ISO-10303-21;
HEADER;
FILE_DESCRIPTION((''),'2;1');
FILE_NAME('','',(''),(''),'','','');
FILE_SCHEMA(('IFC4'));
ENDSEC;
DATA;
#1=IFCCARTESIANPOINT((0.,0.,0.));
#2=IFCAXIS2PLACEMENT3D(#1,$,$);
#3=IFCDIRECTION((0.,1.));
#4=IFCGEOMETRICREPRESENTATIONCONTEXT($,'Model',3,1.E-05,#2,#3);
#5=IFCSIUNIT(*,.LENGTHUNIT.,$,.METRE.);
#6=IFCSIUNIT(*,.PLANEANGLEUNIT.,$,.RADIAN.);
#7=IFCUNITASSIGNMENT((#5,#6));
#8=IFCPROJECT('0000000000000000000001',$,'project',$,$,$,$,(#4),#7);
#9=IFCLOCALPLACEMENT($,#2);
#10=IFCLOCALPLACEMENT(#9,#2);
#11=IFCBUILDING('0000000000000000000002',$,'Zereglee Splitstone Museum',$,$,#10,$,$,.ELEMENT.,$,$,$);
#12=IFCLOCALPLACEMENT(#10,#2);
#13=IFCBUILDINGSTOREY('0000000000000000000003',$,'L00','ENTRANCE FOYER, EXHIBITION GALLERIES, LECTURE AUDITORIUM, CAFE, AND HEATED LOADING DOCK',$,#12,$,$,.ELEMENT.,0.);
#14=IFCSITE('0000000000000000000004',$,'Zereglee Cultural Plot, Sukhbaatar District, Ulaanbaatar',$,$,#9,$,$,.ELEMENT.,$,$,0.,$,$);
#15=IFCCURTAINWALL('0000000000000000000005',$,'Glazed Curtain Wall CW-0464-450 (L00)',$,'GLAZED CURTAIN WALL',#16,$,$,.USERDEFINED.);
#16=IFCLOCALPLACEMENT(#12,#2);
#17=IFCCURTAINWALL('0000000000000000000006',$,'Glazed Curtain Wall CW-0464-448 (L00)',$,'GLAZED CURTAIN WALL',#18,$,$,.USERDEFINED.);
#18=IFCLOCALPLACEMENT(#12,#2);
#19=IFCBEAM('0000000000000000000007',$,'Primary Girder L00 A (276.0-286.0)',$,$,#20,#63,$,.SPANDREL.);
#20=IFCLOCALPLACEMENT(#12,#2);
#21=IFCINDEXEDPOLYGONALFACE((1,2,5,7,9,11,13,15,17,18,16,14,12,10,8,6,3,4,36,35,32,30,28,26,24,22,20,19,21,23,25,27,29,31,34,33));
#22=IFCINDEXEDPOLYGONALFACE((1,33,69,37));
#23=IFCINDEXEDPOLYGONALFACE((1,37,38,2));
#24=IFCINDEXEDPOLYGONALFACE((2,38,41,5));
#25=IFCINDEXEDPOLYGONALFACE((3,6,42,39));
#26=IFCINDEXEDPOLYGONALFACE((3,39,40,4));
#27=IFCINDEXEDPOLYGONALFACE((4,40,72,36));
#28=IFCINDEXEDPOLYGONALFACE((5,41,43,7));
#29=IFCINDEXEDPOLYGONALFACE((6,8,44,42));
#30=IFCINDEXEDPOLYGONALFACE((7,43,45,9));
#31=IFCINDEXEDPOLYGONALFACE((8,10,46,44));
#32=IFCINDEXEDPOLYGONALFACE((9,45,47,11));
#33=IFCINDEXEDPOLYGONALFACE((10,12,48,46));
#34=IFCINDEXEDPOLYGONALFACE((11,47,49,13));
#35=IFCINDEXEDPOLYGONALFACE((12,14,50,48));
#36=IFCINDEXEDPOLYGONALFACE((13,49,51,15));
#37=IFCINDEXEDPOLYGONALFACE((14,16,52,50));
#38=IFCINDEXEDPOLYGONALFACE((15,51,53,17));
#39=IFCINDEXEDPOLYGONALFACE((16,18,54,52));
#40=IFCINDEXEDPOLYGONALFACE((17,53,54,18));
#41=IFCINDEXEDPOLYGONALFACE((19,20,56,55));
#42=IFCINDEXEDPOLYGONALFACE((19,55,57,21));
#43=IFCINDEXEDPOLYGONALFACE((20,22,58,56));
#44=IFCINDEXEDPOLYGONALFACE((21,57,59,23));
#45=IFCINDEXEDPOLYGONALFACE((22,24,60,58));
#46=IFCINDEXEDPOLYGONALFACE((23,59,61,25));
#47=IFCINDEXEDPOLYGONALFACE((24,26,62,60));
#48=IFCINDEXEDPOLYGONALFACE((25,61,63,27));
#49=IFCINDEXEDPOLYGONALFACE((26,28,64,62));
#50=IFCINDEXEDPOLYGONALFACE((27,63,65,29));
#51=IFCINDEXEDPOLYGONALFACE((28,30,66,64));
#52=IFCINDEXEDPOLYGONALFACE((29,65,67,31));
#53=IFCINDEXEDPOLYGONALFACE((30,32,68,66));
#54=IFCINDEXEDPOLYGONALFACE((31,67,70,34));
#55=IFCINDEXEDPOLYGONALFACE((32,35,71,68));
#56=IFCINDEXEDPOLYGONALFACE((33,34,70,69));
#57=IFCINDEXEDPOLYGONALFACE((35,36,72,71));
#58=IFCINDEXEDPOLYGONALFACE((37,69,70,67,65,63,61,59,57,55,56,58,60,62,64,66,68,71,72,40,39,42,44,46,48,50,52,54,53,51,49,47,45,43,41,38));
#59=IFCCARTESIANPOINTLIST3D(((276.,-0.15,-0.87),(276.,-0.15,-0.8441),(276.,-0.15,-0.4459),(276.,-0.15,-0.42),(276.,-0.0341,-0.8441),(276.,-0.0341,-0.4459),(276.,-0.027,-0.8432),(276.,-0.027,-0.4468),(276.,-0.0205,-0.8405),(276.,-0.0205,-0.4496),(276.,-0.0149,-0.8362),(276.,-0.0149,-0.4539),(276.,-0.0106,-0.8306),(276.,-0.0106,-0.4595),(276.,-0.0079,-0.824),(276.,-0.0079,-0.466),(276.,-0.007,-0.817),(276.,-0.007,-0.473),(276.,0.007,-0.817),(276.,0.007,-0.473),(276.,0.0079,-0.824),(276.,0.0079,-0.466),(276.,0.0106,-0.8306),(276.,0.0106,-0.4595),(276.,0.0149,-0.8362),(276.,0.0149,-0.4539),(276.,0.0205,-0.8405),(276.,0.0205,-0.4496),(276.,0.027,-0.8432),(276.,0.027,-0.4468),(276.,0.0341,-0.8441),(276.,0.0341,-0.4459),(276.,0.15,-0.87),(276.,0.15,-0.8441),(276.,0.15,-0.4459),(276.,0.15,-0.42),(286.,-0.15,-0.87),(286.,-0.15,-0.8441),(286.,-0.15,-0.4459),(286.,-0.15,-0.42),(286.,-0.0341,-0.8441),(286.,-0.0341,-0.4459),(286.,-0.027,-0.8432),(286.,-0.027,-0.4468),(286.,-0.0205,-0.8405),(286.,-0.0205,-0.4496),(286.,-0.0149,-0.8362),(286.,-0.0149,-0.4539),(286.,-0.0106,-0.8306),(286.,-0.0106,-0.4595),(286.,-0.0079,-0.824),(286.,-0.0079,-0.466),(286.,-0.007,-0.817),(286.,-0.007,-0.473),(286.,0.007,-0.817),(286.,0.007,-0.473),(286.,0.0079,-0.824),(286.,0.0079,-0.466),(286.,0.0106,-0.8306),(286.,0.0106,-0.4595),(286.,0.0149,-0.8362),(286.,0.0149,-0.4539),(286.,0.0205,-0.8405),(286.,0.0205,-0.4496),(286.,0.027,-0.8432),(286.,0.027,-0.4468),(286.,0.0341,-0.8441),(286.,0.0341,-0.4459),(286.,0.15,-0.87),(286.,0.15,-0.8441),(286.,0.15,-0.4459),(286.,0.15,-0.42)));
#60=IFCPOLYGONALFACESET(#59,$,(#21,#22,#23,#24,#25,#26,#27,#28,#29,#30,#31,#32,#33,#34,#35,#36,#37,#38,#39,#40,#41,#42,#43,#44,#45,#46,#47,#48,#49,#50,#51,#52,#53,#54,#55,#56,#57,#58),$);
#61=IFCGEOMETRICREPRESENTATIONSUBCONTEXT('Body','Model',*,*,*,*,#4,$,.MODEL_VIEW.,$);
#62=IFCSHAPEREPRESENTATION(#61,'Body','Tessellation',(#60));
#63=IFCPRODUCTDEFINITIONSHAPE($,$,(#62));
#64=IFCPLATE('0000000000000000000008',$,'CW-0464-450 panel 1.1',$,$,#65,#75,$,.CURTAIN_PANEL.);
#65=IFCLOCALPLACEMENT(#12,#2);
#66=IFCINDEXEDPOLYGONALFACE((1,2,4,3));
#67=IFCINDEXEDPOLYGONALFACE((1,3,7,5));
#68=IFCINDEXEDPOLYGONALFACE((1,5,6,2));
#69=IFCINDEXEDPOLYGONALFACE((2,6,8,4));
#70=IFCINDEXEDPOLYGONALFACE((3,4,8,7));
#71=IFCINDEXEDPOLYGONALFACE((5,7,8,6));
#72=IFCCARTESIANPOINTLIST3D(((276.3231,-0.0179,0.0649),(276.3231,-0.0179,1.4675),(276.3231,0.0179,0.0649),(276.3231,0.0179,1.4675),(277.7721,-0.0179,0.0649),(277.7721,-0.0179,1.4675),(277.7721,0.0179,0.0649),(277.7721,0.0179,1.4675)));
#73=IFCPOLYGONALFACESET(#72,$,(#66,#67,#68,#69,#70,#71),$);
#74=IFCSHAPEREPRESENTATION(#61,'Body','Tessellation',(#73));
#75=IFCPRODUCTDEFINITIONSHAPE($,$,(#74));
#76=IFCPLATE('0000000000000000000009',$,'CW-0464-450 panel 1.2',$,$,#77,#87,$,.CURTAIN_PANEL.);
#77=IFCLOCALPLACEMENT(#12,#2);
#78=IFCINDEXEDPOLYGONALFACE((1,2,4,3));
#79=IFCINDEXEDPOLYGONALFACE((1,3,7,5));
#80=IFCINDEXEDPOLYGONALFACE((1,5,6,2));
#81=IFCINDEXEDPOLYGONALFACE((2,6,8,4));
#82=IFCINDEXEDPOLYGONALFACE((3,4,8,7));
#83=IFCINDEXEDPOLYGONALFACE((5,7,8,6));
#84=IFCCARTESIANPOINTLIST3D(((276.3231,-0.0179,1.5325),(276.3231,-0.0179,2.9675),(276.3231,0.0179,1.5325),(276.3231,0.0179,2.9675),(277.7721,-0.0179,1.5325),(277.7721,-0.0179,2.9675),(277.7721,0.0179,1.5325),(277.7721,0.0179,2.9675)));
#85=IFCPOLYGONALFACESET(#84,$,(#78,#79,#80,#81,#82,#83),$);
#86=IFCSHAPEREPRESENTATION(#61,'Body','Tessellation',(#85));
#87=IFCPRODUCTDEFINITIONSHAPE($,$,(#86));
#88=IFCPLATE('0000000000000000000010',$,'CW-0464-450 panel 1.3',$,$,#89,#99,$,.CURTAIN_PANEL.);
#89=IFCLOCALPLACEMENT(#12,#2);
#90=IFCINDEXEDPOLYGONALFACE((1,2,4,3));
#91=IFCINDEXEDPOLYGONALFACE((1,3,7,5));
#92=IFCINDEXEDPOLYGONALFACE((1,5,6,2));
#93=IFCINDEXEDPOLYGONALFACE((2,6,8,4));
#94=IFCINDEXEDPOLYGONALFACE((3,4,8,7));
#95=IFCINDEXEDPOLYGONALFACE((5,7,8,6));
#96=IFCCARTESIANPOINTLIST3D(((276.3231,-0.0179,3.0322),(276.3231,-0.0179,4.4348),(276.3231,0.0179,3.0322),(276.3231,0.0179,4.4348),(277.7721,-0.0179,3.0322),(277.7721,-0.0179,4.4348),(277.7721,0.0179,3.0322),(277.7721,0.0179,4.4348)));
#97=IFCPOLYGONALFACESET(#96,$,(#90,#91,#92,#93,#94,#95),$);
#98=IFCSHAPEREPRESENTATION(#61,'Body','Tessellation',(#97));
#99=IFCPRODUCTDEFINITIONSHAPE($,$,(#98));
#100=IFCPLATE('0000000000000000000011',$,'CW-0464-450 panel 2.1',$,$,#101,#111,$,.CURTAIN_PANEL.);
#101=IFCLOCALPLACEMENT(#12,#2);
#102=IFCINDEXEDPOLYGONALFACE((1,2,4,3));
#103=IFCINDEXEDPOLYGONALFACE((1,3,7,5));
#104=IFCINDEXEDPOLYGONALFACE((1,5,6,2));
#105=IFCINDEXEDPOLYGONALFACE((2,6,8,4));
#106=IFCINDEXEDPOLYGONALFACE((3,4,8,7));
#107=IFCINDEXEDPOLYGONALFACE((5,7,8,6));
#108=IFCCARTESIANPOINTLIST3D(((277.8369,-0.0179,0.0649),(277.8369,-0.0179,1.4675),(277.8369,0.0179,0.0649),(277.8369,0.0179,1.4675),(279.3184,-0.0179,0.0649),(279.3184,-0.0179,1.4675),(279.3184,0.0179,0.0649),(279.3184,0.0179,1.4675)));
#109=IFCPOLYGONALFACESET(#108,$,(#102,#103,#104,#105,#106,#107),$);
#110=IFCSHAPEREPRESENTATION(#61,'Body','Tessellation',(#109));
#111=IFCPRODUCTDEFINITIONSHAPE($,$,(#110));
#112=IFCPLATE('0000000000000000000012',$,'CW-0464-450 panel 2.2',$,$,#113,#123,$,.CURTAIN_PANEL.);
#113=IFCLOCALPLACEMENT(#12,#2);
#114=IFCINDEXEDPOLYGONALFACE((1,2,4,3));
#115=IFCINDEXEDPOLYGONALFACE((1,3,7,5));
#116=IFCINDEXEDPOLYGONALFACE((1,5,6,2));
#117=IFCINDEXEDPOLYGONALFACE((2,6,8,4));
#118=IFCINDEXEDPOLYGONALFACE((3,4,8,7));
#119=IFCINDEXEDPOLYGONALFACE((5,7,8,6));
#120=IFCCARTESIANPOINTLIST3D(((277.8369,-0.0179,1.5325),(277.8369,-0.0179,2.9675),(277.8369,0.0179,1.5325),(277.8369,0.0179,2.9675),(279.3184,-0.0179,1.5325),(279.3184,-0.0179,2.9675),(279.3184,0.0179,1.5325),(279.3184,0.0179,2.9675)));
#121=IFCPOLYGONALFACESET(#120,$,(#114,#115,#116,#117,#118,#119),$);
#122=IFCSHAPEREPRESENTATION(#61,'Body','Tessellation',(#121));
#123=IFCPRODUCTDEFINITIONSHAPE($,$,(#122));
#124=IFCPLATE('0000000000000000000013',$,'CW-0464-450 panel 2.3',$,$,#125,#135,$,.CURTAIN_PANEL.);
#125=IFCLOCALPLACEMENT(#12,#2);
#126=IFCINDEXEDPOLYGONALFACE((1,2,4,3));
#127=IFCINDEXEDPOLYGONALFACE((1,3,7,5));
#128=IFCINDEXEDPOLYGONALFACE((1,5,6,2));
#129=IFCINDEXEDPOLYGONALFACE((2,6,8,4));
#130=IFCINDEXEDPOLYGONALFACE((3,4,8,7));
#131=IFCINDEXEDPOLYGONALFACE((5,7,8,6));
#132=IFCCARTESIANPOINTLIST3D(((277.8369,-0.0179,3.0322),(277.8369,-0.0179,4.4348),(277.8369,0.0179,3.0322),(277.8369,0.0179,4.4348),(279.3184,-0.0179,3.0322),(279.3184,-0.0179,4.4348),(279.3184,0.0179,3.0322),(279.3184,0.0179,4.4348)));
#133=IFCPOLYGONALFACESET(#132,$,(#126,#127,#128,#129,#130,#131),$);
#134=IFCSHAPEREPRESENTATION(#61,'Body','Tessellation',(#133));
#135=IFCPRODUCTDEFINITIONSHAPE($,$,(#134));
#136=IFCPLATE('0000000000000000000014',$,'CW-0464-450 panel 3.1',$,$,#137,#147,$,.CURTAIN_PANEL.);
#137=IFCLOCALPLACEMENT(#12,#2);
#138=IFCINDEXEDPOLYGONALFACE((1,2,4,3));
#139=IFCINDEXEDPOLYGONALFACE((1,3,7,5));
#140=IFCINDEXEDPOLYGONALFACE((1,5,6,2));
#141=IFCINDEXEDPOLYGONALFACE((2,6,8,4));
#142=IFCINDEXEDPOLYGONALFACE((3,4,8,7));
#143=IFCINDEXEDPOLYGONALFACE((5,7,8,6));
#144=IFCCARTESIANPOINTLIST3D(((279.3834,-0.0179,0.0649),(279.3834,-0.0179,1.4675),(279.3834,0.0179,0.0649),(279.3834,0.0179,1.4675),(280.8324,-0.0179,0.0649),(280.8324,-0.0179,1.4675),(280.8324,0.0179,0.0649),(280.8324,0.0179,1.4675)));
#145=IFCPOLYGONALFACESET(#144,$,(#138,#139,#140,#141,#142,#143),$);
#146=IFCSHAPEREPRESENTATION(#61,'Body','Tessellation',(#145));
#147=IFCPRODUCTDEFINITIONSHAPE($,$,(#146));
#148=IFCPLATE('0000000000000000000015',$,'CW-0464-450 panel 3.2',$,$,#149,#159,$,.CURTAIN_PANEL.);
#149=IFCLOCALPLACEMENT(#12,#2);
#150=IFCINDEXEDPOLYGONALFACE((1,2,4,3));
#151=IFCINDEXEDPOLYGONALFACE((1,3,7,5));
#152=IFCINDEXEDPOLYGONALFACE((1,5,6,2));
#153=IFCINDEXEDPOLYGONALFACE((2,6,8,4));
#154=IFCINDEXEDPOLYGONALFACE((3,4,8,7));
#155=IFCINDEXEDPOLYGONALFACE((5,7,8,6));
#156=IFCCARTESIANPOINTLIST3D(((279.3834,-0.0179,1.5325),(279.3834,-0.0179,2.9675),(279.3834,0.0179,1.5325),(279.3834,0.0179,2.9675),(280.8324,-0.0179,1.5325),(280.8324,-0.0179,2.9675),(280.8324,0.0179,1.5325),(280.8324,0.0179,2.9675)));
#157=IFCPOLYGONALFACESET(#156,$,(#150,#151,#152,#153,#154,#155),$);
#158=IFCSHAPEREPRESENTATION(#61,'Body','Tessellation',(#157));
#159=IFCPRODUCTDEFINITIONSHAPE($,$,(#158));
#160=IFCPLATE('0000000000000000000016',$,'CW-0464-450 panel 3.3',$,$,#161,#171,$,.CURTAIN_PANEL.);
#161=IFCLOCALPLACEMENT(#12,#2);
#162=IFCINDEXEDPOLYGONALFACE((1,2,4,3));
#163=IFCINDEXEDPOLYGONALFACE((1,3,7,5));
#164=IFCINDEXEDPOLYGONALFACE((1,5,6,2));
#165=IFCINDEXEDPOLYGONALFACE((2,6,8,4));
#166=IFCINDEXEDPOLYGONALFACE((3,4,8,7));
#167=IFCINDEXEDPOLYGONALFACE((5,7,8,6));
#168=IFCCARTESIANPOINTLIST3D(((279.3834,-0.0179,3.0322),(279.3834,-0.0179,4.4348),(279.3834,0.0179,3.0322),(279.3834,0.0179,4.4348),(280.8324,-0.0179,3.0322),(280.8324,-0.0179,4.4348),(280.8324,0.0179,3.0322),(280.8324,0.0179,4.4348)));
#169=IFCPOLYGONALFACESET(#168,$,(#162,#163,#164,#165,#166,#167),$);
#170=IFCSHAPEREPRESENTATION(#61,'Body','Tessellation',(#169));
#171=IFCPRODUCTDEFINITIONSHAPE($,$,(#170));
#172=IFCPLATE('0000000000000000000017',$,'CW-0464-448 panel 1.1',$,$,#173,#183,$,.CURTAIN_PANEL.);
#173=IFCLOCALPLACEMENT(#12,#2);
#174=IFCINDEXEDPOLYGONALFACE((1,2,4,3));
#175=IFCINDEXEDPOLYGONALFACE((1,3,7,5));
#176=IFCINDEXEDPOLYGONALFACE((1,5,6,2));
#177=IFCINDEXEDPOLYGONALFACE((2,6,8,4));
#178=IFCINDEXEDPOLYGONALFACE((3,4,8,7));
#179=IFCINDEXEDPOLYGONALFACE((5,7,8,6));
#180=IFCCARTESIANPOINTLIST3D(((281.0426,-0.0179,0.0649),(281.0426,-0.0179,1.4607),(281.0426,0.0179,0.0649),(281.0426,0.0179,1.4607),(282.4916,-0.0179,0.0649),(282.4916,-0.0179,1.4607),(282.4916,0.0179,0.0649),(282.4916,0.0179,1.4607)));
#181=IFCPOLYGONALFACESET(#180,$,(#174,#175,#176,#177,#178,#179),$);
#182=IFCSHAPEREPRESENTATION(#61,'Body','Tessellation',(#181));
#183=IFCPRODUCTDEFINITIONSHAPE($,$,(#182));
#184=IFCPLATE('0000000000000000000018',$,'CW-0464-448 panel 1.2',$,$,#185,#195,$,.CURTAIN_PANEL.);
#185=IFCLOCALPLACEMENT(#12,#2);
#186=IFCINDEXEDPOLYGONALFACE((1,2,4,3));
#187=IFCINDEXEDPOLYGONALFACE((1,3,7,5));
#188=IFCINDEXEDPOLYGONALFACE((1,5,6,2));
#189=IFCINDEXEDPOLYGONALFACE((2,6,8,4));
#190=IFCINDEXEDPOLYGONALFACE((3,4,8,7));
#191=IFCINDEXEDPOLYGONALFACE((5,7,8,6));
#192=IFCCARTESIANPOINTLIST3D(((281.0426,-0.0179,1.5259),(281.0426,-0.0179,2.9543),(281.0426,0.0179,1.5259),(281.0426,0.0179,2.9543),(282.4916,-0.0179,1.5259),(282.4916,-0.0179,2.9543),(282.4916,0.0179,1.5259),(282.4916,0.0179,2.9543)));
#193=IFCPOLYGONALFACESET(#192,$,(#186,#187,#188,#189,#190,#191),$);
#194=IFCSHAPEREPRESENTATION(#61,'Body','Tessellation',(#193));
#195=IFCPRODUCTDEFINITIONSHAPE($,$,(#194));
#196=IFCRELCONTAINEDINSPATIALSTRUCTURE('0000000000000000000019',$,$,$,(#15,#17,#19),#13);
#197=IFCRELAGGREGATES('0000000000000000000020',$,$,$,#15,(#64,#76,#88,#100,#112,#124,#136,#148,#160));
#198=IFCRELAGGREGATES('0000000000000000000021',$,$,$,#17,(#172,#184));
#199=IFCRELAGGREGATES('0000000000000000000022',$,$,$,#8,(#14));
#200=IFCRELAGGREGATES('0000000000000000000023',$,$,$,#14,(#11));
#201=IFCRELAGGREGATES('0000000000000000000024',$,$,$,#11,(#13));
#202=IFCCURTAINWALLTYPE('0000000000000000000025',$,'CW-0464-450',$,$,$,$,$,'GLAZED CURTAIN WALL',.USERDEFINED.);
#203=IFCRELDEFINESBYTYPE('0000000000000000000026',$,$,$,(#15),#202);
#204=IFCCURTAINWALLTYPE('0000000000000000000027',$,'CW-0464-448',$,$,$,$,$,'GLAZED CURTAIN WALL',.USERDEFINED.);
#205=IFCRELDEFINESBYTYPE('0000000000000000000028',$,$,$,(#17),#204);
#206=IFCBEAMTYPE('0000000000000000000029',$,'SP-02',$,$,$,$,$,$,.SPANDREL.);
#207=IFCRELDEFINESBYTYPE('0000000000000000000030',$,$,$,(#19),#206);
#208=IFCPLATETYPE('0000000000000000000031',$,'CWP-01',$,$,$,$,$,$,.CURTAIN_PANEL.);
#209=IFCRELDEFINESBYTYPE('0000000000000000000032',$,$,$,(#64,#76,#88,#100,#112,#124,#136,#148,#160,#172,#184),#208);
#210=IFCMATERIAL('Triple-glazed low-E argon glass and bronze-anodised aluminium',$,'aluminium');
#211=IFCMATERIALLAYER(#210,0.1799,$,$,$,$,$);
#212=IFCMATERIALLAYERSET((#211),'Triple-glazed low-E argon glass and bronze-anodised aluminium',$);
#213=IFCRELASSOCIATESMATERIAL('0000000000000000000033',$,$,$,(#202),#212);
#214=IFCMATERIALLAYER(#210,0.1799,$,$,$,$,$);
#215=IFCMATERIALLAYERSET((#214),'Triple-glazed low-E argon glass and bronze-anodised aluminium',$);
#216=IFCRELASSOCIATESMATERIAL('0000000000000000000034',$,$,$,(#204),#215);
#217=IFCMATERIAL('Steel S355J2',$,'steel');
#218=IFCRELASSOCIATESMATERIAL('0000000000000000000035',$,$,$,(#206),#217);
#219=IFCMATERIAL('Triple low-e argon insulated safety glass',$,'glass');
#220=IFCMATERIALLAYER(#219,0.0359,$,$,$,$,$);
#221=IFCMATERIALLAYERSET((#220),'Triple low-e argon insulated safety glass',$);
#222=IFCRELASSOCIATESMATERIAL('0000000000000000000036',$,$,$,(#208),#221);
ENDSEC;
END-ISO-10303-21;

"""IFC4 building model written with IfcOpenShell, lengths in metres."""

from ifc_helpers import new_model, si_unit, direction, frame, origin, origin_2d, place, context, subcontext, project, spatial, rectangle, i_section, extrude, material, layer, layer_set, material_profile, profile_set, type_object, element, aggregate, save


model = new_model("IFC4")

# Units and contexts
model_context = context("Model", 3, precision=1e-05, world=origin(), true_north=direction((0.0, 1.0)))
body_context = subcontext(model_context, "Body", "Model", "MODEL_VIEW")
ifc_project = project(units=[si_unit("LENGTHUNIT", "METRE"), si_unit("PLANEANGLEUNIT", "RADIAN")], contexts=[model_context])

# Site, building, storey
site_placement = place(None, origin())
site = spatial("IfcSite", under=ifc_project, at=site_placement, Name="Zereglee Cultural Plot, Sukhbaatar District, Ulaanbaatar", CompositionType="ELEMENT", RefElevation=0.0)
building_placement = place(site_placement, origin())
building = spatial("IfcBuilding", under=site, at=building_placement, Name="Zereglee Splitstone Museum", CompositionType="ELEMENT")
storey_placement = place(building_placement, origin())
storey = spatial("IfcBuildingStorey", under=building, at=storey_placement, Name="L00", Description="ENTRANCE FOYER, EXHIBITION GALLERIES, LECTURE AUDITORIUM, CAFE, AND HEATED LOADING DOCK", CompositionType="ELEMENT", Elevation=0.0)

# Curtain walls
ifc_material_1 = material(Name="Triple-glazed low-E argon glass and bronze-anodised aluminium", Category="aluminium")
ifc_layer_1 = layer(ifc_material_1, 0.1799)
ifc_layer_set_1 = layer_set([ifc_layer_1], Name="Triple-glazed low-E argon glass and bronze-anodised aluminium")
curtain_wall_type_1 = type_object("IfcCurtainWallType", Name="CW-0464-450", ElementType="GLAZED CURTAIN WALL", PredefinedType="USERDEFINED", material=ifc_layer_set_1)
curtain_wall_1_placement = place(storey_placement, origin())
curtain_wall_1 = element("IfcCurtainWall", 1, at=curtain_wall_1_placement, inside=storey, type_object=curtain_wall_type_1, Name="Glazed Curtain Wall CW-0464-450 (L00)", ObjectType="GLAZED CURTAIN WALL", PredefinedType="USERDEFINED")
ifc_layer_2 = layer(ifc_material_1, 0.1799)
ifc_layer_set_2 = layer_set([ifc_layer_2], Name="Triple-glazed low-E argon glass and bronze-anodised aluminium")
curtain_wall_type_2 = type_object("IfcCurtainWallType", Name="CW-0464-448", ElementType="GLAZED CURTAIN WALL", PredefinedType="USERDEFINED", material=ifc_layer_set_2)
curtain_wall_2_placement = place(storey_placement, origin())
curtain_wall_2 = element("IfcCurtainWall", 2, at=curtain_wall_2_placement, inside=storey, type_object=curtain_wall_type_2, Name="Glazed Curtain Wall CW-0464-448 (L00)", ObjectType="GLAZED CURTAIN WALL", PredefinedType="USERDEFINED")

# Beam
ifc_material_2 = material(Name="Steel S355J2", Category="steel")
ifc_material_profile_1 = material_profile(ifc_material_2, i_section(OverallWidth=0.3, OverallDepth=0.45, WebThickness=0.0139, FlangeThickness=0.0259, FilletRadius=0.0271, at=origin_2d()), Name="HE 450 B")
ifc_profile_set_1 = profile_set([ifc_material_profile_1], Name="Steel S355J2")
beam_type_1 = type_object("IfcBeamType", Name="SP-02", PredefinedType="SPANDREL", material=ifc_profile_set_1)
beam_1_placement = place(storey_placement, frame((276.0, 0.0, -0.645), z_axis=(1.0, 0.0, 0.0), x_axis=(0.0, 1.0, 0.0)))
element("IfcBeam", 3, at=beam_1_placement, inside=storey, type_object=beam_type_1, Name="Primary Girder L00 A (276.0-286.0)", PredefinedType="SPANDREL", context=body_context, shape_type="SweptSolid", body=[
    extrude(i_section(OverallWidth=0.3, OverallDepth=0.45, WebThickness=0.0139, FlangeThickness=0.0259, FilletRadius=0.0271, at=origin_2d()), origin(), (0.0, 0.0, 1.0), 10.0),
])

# Plates
ifc_material_3 = material(Name="Triple low-e argon insulated safety glass", Category="glass")
ifc_layer_3 = layer(ifc_material_3, 0.0359)
ifc_layer_set_3 = layer_set([ifc_layer_3], Name="Triple low-e argon insulated safety glass")
plate_type = type_object("IfcPlateType", Name="CWP-01", PredefinedType="CURTAIN_PANEL", material=ifc_layer_set_3)
plate_1_placement = place(storey_placement, frame((277.0476, 0.0, 0.0649), z_axis=(0.0, 0.0, 1.0), x_axis=(1.0, 0.0, 0.0)))
plate_1 = element("IfcPlate", 4, at=plate_1_placement, type_object=plate_type, Name="CW-0464-450 panel 1.1", PredefinedType="CURTAIN_PANEL", context=body_context, shape_type="SweptSolid", body=[
    extrude(rectangle(XDim=1.449, YDim=0.0359, at=origin_2d()), origin(), (0.0, 0.0, 1.0), 1.4026),
])
plate_2_placement = place(storey_placement, frame((277.0476, 0.0, 1.5325), z_axis=(0.0, 0.0, 1.0), x_axis=(1.0, 0.0, 0.0)))
plate_2 = element("IfcPlate", 5, at=plate_2_placement, type_object=plate_type, Name="CW-0464-450 panel 1.2", PredefinedType="CURTAIN_PANEL", context=body_context, shape_type="SweptSolid", body=[
    extrude(rectangle(XDim=1.449, YDim=0.0359, at=origin_2d()), origin(), (0.0, 0.0, 1.0), 1.4351),
])
plate_3_placement = place(storey_placement, frame((277.0476, 0.0, 3.0322), z_axis=(0.0, 0.0, 1.0), x_axis=(1.0, 0.0, 0.0)))
plate_3 = element("IfcPlate", 6, at=plate_3_placement, type_object=plate_type, Name="CW-0464-450 panel 1.3", PredefinedType="CURTAIN_PANEL", context=body_context, shape_type="SweptSolid", body=[
    extrude(rectangle(XDim=1.449, YDim=0.0359, at=origin_2d()), origin(), (0.0, 0.0, 1.0), 1.4026),
])
plate_4_placement = place(storey_placement, frame((278.5776, 0.0, 0.0649), z_axis=(0.0, 0.0, 1.0), x_axis=(1.0, 0.0, 0.0)))
plate_4 = element("IfcPlate", 7, at=plate_4_placement, type_object=plate_type, Name="CW-0464-450 panel 2.1", PredefinedType="CURTAIN_PANEL", context=body_context, shape_type="SweptSolid", body=[
    extrude(rectangle(XDim=1.4814, YDim=0.0359, at=origin_2d()), origin(), (0.0, 0.0, 1.0), 1.4026),
])
plate_5_placement = place(storey_placement, frame((278.5776, 0.0, 1.5325), z_axis=(0.0, 0.0, 1.0), x_axis=(1.0, 0.0, 0.0)))
plate_5 = element("IfcPlate", 8, at=plate_5_placement, type_object=plate_type, Name="CW-0464-450 panel 2.2", PredefinedType="CURTAIN_PANEL", context=body_context, shape_type="SweptSolid", body=[
    extrude(rectangle(XDim=1.4814, YDim=0.0359, at=origin_2d()), origin(), (0.0, 0.0, 1.0), 1.4351),
])
plate_6_placement = place(storey_placement, frame((278.5776, 0.0, 3.0322), z_axis=(0.0, 0.0, 1.0), x_axis=(1.0, 0.0, 0.0)))
plate_6 = element("IfcPlate", 9, at=plate_6_placement, type_object=plate_type, Name="CW-0464-450 panel 2.3", PredefinedType="CURTAIN_PANEL", context=body_context, shape_type="SweptSolid", body=[
    extrude(rectangle(XDim=1.4814, YDim=0.0359, at=origin_2d()), origin(), (0.0, 0.0, 1.0), 1.4026),
])
plate_7_placement = place(storey_placement, frame((280.1079, 0.0, 0.0649), z_axis=(0.0, 0.0, 1.0), x_axis=(1.0, 0.0, 0.0)))
plate_7 = element("IfcPlate", 10, at=plate_7_placement, type_object=plate_type, Name="CW-0464-450 panel 3.1", PredefinedType="CURTAIN_PANEL", context=body_context, shape_type="SweptSolid", body=[
    extrude(rectangle(XDim=1.449, YDim=0.0359, at=origin_2d()), origin(), (0.0, 0.0, 1.0), 1.4026),
])
plate_8_placement = place(storey_placement, frame((280.1079, 0.0, 1.5325), z_axis=(0.0, 0.0, 1.0), x_axis=(1.0, 0.0, 0.0)))
plate_8 = element("IfcPlate", 11, at=plate_8_placement, type_object=plate_type, Name="CW-0464-450 panel 3.2", PredefinedType="CURTAIN_PANEL", context=body_context, shape_type="SweptSolid", body=[
    extrude(rectangle(XDim=1.449, YDim=0.0359, at=origin_2d()), origin(), (0.0, 0.0, 1.0), 1.4351),
])
plate_9_placement = place(storey_placement, frame((280.1079, 0.0, 3.0322), z_axis=(0.0, 0.0, 1.0), x_axis=(1.0, 0.0, 0.0)))
plate_9 = element("IfcPlate", 12, at=plate_9_placement, type_object=plate_type, Name="CW-0464-450 panel 3.3", PredefinedType="CURTAIN_PANEL", context=body_context, shape_type="SweptSolid", body=[
    extrude(rectangle(XDim=1.449, YDim=0.0359, at=origin_2d()), origin(), (0.0, 0.0, 1.0), 1.4026),
])
aggregate(curtain_wall_1, [plate_1, plate_2, plate_3, plate_4, plate_5, plate_6, plate_7, plate_8, plate_9])
plate_10_placement = place(storey_placement, frame((281.7671, 0.0, 0.0649), z_axis=(0.0, 0.0, 1.0), x_axis=(1.0, 0.0, 0.0)))
plate_10 = element("IfcPlate", 13, at=plate_10_placement, type_object=plate_type, Name="CW-0464-448 panel 1.1", PredefinedType="CURTAIN_PANEL", context=body_context, shape_type="SweptSolid", body=[
    extrude(rectangle(XDim=1.449, YDim=0.0359, at=origin_2d()), origin(), (0.0, 0.0, 1.0), 1.3958),
])
plate_11_placement = place(storey_placement, frame((281.7671, 0.0, 1.5259), z_axis=(0.0, 0.0, 1.0), x_axis=(1.0, 0.0, 0.0)))
plate_11 = element("IfcPlate", 14, at=plate_11_placement, type_object=plate_type, Name="CW-0464-448 panel 1.2", PredefinedType="CURTAIN_PANEL", context=body_context, shape_type="SweptSolid", body=[
    extrude(rectangle(XDim=1.449, YDim=0.0359, at=origin_2d()), origin(), (0.0, 0.0, 1.0), 1.4285),
])
aggregate(curtain_wall_2, [plate_10, plate_11])

save(model, "model.ifc")
